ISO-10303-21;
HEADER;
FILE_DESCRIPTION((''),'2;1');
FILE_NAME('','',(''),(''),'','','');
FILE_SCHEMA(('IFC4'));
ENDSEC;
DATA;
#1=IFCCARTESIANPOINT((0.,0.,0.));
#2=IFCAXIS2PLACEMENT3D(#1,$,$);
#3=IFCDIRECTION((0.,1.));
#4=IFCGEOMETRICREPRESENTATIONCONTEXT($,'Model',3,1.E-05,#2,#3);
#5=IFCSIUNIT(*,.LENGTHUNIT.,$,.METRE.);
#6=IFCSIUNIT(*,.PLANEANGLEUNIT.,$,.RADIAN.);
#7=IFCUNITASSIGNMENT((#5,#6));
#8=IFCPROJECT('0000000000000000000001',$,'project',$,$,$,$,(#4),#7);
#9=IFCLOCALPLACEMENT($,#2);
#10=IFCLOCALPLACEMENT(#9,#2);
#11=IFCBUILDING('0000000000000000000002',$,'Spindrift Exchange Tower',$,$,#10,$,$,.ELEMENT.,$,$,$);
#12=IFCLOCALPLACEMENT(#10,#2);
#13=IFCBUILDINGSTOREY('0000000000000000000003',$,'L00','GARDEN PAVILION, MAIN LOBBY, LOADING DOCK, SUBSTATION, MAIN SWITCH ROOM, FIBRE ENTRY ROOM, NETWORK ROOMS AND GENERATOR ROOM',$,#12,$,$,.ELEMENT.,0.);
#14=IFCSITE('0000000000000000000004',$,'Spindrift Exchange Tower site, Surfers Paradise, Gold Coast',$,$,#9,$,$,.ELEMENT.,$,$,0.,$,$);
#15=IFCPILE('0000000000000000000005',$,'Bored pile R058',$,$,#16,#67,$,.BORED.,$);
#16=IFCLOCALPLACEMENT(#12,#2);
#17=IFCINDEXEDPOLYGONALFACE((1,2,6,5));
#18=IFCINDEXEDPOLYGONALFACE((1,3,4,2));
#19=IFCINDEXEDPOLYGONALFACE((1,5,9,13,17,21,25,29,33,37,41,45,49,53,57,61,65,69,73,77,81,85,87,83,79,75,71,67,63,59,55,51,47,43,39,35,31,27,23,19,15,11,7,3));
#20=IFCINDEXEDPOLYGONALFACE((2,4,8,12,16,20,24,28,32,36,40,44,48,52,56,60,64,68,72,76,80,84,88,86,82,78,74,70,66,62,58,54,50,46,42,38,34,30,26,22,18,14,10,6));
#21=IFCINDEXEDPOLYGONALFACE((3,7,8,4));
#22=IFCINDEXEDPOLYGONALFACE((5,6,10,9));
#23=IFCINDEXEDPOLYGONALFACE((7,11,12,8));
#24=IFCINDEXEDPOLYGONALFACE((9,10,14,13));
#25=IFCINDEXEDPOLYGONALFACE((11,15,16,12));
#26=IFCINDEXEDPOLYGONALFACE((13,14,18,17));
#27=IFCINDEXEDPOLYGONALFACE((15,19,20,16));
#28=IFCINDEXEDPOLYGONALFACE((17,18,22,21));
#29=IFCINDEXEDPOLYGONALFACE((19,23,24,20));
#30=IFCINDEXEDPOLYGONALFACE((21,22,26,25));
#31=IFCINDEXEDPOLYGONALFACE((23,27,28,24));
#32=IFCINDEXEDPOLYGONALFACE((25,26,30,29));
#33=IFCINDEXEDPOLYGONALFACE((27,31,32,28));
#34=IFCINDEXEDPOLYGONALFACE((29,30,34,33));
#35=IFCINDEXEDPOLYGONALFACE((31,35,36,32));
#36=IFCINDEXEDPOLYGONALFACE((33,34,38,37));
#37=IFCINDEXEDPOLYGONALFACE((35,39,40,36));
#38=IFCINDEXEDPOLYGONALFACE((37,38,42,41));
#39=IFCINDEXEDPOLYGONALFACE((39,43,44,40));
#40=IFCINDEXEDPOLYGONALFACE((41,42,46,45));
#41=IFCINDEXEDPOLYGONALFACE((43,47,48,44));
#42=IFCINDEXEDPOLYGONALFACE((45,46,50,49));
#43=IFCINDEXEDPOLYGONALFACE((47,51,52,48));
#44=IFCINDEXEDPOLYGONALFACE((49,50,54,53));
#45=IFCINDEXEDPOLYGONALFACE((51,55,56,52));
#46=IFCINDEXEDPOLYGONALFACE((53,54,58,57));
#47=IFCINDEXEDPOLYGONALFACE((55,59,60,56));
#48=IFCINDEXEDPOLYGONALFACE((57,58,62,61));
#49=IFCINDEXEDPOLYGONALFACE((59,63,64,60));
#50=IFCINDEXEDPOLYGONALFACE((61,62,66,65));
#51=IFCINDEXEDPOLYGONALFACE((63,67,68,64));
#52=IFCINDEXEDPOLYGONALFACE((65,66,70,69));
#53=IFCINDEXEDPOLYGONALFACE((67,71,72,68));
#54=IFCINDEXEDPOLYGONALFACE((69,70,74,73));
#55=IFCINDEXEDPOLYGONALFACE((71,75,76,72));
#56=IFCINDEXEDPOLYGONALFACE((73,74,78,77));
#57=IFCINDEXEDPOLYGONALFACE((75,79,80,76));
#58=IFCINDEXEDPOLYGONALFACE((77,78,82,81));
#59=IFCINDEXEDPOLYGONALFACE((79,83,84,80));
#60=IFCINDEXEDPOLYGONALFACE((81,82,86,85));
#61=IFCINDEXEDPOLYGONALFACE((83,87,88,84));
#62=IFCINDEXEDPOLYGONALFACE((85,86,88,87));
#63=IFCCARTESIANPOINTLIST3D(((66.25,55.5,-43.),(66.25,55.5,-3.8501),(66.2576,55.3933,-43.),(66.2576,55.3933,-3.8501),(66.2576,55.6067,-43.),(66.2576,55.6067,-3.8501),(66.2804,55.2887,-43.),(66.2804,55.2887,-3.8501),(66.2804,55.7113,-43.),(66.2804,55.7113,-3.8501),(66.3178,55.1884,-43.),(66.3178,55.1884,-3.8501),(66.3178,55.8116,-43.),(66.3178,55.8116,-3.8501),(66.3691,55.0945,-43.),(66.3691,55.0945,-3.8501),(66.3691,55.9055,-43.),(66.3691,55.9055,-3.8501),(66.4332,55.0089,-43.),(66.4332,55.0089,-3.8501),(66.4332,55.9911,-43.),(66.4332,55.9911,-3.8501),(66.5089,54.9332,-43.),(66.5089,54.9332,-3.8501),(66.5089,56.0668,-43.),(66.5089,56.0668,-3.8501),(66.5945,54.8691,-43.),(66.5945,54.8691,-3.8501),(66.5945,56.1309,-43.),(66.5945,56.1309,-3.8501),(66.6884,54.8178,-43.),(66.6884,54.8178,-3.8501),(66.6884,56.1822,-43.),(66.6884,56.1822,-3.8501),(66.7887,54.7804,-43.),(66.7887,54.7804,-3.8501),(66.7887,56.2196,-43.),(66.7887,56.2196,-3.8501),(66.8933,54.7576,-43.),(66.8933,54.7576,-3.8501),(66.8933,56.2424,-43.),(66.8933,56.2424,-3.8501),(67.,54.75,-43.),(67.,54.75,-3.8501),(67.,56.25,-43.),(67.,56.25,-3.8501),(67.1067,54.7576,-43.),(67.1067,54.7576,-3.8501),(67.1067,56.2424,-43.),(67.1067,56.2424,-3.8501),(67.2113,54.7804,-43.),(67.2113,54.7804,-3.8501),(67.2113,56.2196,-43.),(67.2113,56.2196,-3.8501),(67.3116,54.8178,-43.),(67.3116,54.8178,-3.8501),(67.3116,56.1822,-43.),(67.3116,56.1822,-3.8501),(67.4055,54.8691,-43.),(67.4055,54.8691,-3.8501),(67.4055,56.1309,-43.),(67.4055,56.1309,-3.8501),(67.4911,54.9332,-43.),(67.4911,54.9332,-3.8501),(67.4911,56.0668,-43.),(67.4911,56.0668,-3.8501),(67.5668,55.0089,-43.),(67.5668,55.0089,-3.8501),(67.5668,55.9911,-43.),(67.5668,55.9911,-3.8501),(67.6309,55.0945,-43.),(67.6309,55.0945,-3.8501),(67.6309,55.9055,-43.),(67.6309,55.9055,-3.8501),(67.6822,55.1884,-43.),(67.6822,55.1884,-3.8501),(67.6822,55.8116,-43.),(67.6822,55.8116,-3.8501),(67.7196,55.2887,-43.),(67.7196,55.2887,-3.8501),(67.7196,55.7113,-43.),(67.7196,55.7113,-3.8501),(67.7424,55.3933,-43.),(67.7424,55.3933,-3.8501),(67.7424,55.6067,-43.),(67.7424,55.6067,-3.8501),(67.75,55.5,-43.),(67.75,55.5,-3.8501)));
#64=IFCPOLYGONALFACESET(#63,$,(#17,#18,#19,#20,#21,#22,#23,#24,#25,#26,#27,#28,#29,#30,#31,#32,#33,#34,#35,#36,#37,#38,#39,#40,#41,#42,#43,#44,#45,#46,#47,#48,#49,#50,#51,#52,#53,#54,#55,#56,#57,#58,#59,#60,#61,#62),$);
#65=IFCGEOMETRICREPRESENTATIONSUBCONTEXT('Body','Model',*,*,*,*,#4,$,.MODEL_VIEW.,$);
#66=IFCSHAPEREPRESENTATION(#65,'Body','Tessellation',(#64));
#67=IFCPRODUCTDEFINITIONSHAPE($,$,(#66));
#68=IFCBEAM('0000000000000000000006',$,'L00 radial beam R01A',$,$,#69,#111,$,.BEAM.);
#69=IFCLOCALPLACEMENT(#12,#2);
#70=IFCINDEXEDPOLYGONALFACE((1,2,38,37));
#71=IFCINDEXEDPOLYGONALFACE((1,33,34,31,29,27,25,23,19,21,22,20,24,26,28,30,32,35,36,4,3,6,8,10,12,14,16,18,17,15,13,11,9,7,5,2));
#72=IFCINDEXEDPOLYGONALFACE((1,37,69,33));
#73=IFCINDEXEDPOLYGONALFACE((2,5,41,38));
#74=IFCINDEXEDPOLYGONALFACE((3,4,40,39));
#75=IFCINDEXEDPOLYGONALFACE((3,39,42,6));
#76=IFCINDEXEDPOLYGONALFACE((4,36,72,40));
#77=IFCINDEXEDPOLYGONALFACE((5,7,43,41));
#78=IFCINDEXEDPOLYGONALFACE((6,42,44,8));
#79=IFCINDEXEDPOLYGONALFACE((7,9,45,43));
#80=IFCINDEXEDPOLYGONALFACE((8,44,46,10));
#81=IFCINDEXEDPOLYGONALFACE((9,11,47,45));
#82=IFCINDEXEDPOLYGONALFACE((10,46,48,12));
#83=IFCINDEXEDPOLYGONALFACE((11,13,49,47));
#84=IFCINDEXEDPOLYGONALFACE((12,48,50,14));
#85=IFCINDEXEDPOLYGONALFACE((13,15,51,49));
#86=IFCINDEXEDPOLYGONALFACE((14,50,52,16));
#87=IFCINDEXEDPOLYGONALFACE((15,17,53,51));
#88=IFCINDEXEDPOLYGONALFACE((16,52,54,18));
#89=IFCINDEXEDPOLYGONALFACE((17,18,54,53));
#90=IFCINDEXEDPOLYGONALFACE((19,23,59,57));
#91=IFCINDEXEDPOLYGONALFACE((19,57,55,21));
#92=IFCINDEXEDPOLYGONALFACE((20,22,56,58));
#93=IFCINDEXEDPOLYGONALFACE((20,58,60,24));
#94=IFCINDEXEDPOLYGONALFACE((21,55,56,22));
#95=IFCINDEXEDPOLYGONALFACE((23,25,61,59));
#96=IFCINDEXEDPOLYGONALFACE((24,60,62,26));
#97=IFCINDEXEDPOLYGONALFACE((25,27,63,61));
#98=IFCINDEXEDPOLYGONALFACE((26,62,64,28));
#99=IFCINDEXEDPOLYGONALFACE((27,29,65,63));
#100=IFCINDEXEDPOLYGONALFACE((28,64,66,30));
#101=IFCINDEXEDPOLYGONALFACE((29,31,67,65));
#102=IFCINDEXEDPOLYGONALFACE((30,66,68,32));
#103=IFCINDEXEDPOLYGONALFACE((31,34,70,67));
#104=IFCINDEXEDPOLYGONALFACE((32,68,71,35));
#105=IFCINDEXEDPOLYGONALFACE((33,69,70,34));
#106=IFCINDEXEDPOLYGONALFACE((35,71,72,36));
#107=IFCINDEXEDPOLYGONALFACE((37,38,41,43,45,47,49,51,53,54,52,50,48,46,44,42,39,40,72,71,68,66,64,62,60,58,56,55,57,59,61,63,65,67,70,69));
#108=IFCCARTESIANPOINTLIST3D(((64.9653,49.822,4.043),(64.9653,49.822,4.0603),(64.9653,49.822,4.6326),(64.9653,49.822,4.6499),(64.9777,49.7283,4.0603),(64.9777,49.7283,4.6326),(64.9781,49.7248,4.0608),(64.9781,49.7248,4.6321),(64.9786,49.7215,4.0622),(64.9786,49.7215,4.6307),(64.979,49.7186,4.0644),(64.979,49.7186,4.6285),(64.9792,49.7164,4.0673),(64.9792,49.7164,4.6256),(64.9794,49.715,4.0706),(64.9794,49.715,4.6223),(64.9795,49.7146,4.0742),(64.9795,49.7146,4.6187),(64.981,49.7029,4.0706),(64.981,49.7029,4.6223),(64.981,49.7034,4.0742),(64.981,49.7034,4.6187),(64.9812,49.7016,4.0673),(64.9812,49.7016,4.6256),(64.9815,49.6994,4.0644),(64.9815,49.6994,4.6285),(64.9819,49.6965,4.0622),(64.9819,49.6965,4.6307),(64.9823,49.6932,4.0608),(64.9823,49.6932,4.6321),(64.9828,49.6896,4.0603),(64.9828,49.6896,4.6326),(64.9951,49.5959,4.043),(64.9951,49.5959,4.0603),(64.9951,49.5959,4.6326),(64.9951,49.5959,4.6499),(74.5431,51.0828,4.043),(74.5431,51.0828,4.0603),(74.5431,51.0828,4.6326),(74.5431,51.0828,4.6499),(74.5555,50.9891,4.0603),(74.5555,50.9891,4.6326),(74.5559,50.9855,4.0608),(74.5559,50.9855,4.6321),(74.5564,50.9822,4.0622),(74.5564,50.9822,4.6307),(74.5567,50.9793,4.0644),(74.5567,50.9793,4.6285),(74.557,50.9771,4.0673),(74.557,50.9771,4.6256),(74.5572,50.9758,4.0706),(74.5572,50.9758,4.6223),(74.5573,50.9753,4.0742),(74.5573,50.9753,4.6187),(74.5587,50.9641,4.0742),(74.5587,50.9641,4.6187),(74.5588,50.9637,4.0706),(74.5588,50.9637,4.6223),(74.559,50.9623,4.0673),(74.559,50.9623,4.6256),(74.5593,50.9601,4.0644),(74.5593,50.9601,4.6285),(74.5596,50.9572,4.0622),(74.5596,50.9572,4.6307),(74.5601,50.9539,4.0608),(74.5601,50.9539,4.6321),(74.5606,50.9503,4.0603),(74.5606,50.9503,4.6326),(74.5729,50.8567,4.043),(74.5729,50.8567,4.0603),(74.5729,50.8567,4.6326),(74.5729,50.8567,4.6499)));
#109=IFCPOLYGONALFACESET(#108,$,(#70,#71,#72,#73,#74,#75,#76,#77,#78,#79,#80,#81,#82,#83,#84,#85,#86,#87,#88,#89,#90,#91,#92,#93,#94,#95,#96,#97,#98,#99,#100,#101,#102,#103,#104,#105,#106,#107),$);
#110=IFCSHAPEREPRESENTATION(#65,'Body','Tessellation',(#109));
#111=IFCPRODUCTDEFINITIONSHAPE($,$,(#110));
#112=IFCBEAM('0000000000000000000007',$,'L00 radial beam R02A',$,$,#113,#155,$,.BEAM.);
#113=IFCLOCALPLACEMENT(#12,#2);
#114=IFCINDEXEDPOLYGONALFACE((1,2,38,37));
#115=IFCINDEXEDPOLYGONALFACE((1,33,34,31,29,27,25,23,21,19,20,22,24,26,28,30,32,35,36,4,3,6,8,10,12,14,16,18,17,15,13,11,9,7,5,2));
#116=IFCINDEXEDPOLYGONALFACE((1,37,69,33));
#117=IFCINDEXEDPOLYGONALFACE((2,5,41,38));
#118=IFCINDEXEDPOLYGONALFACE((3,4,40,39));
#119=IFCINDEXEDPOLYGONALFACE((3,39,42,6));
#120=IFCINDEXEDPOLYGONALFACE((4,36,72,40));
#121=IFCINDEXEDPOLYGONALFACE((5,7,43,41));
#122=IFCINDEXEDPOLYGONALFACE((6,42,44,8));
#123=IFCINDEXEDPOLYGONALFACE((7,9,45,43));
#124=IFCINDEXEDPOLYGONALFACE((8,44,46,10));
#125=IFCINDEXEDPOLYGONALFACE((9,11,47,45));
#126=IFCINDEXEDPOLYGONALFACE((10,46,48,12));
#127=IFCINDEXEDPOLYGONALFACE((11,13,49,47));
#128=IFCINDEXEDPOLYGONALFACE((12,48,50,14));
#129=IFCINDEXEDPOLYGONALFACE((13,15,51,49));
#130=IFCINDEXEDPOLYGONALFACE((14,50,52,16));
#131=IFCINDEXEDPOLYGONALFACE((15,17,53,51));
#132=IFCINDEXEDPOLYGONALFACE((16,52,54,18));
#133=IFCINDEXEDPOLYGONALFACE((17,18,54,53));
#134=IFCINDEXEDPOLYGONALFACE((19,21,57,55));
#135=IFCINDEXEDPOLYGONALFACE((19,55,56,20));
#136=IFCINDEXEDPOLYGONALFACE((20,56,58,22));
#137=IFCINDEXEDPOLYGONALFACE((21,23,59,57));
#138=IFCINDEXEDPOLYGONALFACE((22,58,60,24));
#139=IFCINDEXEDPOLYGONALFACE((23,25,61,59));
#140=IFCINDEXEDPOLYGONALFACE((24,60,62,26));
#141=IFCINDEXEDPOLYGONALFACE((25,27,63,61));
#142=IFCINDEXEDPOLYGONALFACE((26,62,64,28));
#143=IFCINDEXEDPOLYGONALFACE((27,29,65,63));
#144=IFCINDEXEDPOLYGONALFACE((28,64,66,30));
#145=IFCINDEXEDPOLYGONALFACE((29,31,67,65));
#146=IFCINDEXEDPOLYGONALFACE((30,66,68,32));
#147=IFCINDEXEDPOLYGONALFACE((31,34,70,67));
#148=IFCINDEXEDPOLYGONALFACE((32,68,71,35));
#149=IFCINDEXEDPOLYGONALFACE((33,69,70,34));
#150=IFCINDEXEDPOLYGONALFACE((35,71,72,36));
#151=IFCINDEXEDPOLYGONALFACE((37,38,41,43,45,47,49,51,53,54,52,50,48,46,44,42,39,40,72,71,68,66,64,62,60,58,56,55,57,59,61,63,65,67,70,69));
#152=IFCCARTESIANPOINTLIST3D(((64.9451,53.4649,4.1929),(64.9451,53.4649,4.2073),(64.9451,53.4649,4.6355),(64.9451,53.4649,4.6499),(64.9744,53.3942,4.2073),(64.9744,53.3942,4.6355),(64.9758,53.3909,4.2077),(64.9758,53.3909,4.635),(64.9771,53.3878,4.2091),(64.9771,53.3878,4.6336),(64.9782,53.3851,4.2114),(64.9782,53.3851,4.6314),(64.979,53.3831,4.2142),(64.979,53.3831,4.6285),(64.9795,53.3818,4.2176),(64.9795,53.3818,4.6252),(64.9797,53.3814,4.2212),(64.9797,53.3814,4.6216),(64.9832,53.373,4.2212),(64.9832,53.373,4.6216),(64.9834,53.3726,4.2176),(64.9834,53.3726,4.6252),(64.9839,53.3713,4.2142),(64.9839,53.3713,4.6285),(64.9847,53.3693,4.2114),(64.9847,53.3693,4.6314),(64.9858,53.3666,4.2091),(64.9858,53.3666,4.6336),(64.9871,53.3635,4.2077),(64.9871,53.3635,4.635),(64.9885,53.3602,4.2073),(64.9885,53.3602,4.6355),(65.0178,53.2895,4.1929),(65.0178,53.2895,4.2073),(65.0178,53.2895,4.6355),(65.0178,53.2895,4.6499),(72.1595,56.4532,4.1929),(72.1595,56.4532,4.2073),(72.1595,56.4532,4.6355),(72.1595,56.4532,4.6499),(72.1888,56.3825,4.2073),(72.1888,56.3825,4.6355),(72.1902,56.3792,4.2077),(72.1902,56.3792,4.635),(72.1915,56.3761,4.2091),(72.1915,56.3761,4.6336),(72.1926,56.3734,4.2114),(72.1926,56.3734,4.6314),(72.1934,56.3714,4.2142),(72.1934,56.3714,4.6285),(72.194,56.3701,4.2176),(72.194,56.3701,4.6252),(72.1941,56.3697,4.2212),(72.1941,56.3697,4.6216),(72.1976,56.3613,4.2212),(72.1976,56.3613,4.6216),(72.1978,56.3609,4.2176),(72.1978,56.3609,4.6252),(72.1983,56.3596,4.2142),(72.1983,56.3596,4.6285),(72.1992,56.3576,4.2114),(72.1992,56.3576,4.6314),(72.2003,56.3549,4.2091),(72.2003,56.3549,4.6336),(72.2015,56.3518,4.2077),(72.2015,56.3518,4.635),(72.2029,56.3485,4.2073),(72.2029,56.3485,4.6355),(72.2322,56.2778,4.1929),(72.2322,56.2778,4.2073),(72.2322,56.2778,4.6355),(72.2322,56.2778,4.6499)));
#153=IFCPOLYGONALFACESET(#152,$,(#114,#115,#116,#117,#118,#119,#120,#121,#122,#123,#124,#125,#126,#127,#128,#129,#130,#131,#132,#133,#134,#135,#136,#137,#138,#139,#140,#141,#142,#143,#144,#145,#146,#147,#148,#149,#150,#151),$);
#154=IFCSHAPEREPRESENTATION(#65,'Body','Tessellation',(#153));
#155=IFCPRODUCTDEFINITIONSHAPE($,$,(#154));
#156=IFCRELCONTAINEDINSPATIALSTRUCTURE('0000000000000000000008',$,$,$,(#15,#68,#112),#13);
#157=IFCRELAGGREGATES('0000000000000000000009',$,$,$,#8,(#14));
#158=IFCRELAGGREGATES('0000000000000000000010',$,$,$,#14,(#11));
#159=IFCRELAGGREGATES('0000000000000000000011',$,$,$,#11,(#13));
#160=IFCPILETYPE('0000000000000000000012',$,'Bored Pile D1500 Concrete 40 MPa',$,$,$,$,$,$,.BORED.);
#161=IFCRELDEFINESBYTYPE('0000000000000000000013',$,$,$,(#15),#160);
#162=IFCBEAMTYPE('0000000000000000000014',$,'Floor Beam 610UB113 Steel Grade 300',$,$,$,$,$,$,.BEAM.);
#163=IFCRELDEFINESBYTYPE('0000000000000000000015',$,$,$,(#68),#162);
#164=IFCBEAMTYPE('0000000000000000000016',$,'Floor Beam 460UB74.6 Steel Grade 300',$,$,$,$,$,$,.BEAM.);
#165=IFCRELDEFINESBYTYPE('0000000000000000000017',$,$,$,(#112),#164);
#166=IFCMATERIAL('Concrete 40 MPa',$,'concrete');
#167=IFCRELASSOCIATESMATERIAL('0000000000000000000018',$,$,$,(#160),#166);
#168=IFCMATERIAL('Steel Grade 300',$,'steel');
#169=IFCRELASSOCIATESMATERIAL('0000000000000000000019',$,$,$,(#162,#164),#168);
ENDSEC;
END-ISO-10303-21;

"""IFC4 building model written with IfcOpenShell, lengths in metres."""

from ifc_helpers import new_model, si_unit, direction, frame, origin, origin_2d, place, context, subcontext, project, spatial, circle, i_section, extrude, source, transform, mapped, material, material_profile, profile_set, type_object, element, save


model = new_model("IFC4")

# Units and contexts
model_context = context("Model", 3, precision=1e-05, world=origin(), true_north=direction((0.0, 1.0)))
body_context = subcontext(model_context, "Body", "Model", "MODEL_VIEW")
ifc_project = project(units=[si_unit("LENGTHUNIT", "METRE"), si_unit("PLANEANGLEUNIT", "RADIAN")], contexts=[model_context])

# Site, building, storey
site_placement = place(None, origin())
site = spatial("IfcSite", under=ifc_project, at=site_placement, Name="Spindrift Exchange Tower site, Surfers Paradise, Gold Coast", CompositionType="ELEMENT", RefElevation=0.0)
building_placement = place(site_placement, origin())
building = spatial("IfcBuilding", under=site, at=building_placement, Name="Spindrift Exchange Tower", CompositionType="ELEMENT")
storey_placement = place(building_placement, origin())
storey = spatial("IfcBuildingStorey", under=building, at=storey_placement, Name="L00", Description="GARDEN PAVILION, MAIN LOBBY, LOADING DOCK, SUBSTATION, MAIN SWITCH ROOM, FIBRE ENTRY ROOM, NETWORK ROOMS AND GENERATOR ROOM", CompositionType="ELEMENT", Elevation=0.0)

# Pile
ifc_material_1 = material(Name="Concrete 40 MPa", Category="concrete")
ifc_material_profile_1 = material_profile(ifc_material_1, circle(Radius=0.75, at=origin_2d()), Name="BP D1500")
ifc_profile_set_1 = profile_set([ifc_material_profile_1], Name="Concrete 40 MPa")
pile_type = type_object("IfcPileType", Name="Bored Pile D1500 Concrete 40 MPa", PredefinedType="BORED", material=ifc_profile_set_1)
shared_shape_1 = source(origin(), body_context, "Body", "SweptSolid", [
    extrude(circle(Radius=0.75, at=origin_2d()), origin(), (0.0, 0.0, 1.0), 39.1499),
])
for number, where, z_axis, x_axis, name in (
    (1, (67.0, 55.5, -3.8501), (0.0, 0.0, -1.0), (1.0, 0.0, 0.0), "Bored pile R058"),
):
    element("IfcPile", number, at=place(storey_placement, frame(where, z_axis=z_axis, x_axis=x_axis)), inside=storey, type_object=pile_type, Name=name, PredefinedType="BORED", context=body_context, shape_type="MappedRepresentation", body=[
        mapped(shared_shape_1, transform((0.0, 0.0, 0.0), scale=1.0)),
    ])

# Beams
ifc_material_2 = material(Name="Steel Grade 300", Category="steel")
ifc_material_profile_2 = material_profile(ifc_material_2, i_section(OverallWidth=0.228, OverallDepth=0.6069, WebThickness=0.0112, FlangeThickness=0.0173, FilletRadius=0.0139, at=origin_2d()), Name="610UB113")
ifc_profile_set_2 = profile_set([ifc_material_profile_2], Name="Steel Grade 300")
beam_type_1 = type_object("IfcBeamType", Name="Floor Beam 610UB113 Steel Grade 300", PredefinedType="BEAM", material=ifc_profile_set_2)
shared_shape_2 = source(origin(), body_context, "Body", "SweptSolid", [
    extrude(i_section(OverallWidth=0.228, OverallDepth=0.6069, WebThickness=0.0112, FlangeThickness=0.0173, FilletRadius=0.0139, at=origin_2d()), origin(), (0.0, 0.0, 1.0), 9.6604),
])
beam_1_placement = place(storey_placement, frame((64.9802, 49.709, 4.3464), z_axis=(0.991448, 0.130505, 0.0), x_axis=(-0.130505, 0.991448, 0.0)))
element("IfcBeam", 2, at=beam_1_placement, inside=storey, type_object=beam_type_1, Name="L00 radial beam R01A", PredefinedType="BEAM", context=body_context, shape_type="MappedRepresentation", body=[
    mapped(shared_shape_2, transform((0.0, 0.0, 0.0), scale=1.0)),
])
ifc_material_profile_3 = material_profile(ifc_material_2, i_section(OverallWidth=0.1899, OverallDepth=0.457, WebThickness=0.009, FlangeThickness=0.0144, FilletRadius=0.0139, at=origin_2d()), Name="460UB74.6")
ifc_profile_set_3 = profile_set([ifc_material_profile_3], Name="Steel Grade 300")
beam_type_2 = type_object("IfcBeamType", Name="Floor Beam 460UB74.6 Steel Grade 300", PredefinedType="BEAM", material=ifc_profile_set_3)
shared_shape_3 = source(origin(), body_context, "Body", "SweptSolid", [
    extrude(i_section(OverallWidth=0.1899, OverallDepth=0.457, WebThickness=0.009, FlangeThickness=0.0144, FilletRadius=0.0139, at=origin_2d()), origin(), (0.0, 0.0, 1.0), 7.8088),
])
beam_2_placement = place(storey_placement, frame((64.9814, 53.3772, 4.4214), z_axis=(0.92388, 0.382683, 0.0), x_axis=(-0.382683, 0.92388, 0.0)))
element("IfcBeam", 3, at=beam_2_placement, inside=storey, type_object=beam_type_2, Name="L00 radial beam R02A", PredefinedType="BEAM", context=body_context, shape_type="MappedRepresentation", body=[
    mapped(shared_shape_3, transform((0.0, 0.0, 0.0), scale=1.0)),
])

save(model, "model.ifc")
